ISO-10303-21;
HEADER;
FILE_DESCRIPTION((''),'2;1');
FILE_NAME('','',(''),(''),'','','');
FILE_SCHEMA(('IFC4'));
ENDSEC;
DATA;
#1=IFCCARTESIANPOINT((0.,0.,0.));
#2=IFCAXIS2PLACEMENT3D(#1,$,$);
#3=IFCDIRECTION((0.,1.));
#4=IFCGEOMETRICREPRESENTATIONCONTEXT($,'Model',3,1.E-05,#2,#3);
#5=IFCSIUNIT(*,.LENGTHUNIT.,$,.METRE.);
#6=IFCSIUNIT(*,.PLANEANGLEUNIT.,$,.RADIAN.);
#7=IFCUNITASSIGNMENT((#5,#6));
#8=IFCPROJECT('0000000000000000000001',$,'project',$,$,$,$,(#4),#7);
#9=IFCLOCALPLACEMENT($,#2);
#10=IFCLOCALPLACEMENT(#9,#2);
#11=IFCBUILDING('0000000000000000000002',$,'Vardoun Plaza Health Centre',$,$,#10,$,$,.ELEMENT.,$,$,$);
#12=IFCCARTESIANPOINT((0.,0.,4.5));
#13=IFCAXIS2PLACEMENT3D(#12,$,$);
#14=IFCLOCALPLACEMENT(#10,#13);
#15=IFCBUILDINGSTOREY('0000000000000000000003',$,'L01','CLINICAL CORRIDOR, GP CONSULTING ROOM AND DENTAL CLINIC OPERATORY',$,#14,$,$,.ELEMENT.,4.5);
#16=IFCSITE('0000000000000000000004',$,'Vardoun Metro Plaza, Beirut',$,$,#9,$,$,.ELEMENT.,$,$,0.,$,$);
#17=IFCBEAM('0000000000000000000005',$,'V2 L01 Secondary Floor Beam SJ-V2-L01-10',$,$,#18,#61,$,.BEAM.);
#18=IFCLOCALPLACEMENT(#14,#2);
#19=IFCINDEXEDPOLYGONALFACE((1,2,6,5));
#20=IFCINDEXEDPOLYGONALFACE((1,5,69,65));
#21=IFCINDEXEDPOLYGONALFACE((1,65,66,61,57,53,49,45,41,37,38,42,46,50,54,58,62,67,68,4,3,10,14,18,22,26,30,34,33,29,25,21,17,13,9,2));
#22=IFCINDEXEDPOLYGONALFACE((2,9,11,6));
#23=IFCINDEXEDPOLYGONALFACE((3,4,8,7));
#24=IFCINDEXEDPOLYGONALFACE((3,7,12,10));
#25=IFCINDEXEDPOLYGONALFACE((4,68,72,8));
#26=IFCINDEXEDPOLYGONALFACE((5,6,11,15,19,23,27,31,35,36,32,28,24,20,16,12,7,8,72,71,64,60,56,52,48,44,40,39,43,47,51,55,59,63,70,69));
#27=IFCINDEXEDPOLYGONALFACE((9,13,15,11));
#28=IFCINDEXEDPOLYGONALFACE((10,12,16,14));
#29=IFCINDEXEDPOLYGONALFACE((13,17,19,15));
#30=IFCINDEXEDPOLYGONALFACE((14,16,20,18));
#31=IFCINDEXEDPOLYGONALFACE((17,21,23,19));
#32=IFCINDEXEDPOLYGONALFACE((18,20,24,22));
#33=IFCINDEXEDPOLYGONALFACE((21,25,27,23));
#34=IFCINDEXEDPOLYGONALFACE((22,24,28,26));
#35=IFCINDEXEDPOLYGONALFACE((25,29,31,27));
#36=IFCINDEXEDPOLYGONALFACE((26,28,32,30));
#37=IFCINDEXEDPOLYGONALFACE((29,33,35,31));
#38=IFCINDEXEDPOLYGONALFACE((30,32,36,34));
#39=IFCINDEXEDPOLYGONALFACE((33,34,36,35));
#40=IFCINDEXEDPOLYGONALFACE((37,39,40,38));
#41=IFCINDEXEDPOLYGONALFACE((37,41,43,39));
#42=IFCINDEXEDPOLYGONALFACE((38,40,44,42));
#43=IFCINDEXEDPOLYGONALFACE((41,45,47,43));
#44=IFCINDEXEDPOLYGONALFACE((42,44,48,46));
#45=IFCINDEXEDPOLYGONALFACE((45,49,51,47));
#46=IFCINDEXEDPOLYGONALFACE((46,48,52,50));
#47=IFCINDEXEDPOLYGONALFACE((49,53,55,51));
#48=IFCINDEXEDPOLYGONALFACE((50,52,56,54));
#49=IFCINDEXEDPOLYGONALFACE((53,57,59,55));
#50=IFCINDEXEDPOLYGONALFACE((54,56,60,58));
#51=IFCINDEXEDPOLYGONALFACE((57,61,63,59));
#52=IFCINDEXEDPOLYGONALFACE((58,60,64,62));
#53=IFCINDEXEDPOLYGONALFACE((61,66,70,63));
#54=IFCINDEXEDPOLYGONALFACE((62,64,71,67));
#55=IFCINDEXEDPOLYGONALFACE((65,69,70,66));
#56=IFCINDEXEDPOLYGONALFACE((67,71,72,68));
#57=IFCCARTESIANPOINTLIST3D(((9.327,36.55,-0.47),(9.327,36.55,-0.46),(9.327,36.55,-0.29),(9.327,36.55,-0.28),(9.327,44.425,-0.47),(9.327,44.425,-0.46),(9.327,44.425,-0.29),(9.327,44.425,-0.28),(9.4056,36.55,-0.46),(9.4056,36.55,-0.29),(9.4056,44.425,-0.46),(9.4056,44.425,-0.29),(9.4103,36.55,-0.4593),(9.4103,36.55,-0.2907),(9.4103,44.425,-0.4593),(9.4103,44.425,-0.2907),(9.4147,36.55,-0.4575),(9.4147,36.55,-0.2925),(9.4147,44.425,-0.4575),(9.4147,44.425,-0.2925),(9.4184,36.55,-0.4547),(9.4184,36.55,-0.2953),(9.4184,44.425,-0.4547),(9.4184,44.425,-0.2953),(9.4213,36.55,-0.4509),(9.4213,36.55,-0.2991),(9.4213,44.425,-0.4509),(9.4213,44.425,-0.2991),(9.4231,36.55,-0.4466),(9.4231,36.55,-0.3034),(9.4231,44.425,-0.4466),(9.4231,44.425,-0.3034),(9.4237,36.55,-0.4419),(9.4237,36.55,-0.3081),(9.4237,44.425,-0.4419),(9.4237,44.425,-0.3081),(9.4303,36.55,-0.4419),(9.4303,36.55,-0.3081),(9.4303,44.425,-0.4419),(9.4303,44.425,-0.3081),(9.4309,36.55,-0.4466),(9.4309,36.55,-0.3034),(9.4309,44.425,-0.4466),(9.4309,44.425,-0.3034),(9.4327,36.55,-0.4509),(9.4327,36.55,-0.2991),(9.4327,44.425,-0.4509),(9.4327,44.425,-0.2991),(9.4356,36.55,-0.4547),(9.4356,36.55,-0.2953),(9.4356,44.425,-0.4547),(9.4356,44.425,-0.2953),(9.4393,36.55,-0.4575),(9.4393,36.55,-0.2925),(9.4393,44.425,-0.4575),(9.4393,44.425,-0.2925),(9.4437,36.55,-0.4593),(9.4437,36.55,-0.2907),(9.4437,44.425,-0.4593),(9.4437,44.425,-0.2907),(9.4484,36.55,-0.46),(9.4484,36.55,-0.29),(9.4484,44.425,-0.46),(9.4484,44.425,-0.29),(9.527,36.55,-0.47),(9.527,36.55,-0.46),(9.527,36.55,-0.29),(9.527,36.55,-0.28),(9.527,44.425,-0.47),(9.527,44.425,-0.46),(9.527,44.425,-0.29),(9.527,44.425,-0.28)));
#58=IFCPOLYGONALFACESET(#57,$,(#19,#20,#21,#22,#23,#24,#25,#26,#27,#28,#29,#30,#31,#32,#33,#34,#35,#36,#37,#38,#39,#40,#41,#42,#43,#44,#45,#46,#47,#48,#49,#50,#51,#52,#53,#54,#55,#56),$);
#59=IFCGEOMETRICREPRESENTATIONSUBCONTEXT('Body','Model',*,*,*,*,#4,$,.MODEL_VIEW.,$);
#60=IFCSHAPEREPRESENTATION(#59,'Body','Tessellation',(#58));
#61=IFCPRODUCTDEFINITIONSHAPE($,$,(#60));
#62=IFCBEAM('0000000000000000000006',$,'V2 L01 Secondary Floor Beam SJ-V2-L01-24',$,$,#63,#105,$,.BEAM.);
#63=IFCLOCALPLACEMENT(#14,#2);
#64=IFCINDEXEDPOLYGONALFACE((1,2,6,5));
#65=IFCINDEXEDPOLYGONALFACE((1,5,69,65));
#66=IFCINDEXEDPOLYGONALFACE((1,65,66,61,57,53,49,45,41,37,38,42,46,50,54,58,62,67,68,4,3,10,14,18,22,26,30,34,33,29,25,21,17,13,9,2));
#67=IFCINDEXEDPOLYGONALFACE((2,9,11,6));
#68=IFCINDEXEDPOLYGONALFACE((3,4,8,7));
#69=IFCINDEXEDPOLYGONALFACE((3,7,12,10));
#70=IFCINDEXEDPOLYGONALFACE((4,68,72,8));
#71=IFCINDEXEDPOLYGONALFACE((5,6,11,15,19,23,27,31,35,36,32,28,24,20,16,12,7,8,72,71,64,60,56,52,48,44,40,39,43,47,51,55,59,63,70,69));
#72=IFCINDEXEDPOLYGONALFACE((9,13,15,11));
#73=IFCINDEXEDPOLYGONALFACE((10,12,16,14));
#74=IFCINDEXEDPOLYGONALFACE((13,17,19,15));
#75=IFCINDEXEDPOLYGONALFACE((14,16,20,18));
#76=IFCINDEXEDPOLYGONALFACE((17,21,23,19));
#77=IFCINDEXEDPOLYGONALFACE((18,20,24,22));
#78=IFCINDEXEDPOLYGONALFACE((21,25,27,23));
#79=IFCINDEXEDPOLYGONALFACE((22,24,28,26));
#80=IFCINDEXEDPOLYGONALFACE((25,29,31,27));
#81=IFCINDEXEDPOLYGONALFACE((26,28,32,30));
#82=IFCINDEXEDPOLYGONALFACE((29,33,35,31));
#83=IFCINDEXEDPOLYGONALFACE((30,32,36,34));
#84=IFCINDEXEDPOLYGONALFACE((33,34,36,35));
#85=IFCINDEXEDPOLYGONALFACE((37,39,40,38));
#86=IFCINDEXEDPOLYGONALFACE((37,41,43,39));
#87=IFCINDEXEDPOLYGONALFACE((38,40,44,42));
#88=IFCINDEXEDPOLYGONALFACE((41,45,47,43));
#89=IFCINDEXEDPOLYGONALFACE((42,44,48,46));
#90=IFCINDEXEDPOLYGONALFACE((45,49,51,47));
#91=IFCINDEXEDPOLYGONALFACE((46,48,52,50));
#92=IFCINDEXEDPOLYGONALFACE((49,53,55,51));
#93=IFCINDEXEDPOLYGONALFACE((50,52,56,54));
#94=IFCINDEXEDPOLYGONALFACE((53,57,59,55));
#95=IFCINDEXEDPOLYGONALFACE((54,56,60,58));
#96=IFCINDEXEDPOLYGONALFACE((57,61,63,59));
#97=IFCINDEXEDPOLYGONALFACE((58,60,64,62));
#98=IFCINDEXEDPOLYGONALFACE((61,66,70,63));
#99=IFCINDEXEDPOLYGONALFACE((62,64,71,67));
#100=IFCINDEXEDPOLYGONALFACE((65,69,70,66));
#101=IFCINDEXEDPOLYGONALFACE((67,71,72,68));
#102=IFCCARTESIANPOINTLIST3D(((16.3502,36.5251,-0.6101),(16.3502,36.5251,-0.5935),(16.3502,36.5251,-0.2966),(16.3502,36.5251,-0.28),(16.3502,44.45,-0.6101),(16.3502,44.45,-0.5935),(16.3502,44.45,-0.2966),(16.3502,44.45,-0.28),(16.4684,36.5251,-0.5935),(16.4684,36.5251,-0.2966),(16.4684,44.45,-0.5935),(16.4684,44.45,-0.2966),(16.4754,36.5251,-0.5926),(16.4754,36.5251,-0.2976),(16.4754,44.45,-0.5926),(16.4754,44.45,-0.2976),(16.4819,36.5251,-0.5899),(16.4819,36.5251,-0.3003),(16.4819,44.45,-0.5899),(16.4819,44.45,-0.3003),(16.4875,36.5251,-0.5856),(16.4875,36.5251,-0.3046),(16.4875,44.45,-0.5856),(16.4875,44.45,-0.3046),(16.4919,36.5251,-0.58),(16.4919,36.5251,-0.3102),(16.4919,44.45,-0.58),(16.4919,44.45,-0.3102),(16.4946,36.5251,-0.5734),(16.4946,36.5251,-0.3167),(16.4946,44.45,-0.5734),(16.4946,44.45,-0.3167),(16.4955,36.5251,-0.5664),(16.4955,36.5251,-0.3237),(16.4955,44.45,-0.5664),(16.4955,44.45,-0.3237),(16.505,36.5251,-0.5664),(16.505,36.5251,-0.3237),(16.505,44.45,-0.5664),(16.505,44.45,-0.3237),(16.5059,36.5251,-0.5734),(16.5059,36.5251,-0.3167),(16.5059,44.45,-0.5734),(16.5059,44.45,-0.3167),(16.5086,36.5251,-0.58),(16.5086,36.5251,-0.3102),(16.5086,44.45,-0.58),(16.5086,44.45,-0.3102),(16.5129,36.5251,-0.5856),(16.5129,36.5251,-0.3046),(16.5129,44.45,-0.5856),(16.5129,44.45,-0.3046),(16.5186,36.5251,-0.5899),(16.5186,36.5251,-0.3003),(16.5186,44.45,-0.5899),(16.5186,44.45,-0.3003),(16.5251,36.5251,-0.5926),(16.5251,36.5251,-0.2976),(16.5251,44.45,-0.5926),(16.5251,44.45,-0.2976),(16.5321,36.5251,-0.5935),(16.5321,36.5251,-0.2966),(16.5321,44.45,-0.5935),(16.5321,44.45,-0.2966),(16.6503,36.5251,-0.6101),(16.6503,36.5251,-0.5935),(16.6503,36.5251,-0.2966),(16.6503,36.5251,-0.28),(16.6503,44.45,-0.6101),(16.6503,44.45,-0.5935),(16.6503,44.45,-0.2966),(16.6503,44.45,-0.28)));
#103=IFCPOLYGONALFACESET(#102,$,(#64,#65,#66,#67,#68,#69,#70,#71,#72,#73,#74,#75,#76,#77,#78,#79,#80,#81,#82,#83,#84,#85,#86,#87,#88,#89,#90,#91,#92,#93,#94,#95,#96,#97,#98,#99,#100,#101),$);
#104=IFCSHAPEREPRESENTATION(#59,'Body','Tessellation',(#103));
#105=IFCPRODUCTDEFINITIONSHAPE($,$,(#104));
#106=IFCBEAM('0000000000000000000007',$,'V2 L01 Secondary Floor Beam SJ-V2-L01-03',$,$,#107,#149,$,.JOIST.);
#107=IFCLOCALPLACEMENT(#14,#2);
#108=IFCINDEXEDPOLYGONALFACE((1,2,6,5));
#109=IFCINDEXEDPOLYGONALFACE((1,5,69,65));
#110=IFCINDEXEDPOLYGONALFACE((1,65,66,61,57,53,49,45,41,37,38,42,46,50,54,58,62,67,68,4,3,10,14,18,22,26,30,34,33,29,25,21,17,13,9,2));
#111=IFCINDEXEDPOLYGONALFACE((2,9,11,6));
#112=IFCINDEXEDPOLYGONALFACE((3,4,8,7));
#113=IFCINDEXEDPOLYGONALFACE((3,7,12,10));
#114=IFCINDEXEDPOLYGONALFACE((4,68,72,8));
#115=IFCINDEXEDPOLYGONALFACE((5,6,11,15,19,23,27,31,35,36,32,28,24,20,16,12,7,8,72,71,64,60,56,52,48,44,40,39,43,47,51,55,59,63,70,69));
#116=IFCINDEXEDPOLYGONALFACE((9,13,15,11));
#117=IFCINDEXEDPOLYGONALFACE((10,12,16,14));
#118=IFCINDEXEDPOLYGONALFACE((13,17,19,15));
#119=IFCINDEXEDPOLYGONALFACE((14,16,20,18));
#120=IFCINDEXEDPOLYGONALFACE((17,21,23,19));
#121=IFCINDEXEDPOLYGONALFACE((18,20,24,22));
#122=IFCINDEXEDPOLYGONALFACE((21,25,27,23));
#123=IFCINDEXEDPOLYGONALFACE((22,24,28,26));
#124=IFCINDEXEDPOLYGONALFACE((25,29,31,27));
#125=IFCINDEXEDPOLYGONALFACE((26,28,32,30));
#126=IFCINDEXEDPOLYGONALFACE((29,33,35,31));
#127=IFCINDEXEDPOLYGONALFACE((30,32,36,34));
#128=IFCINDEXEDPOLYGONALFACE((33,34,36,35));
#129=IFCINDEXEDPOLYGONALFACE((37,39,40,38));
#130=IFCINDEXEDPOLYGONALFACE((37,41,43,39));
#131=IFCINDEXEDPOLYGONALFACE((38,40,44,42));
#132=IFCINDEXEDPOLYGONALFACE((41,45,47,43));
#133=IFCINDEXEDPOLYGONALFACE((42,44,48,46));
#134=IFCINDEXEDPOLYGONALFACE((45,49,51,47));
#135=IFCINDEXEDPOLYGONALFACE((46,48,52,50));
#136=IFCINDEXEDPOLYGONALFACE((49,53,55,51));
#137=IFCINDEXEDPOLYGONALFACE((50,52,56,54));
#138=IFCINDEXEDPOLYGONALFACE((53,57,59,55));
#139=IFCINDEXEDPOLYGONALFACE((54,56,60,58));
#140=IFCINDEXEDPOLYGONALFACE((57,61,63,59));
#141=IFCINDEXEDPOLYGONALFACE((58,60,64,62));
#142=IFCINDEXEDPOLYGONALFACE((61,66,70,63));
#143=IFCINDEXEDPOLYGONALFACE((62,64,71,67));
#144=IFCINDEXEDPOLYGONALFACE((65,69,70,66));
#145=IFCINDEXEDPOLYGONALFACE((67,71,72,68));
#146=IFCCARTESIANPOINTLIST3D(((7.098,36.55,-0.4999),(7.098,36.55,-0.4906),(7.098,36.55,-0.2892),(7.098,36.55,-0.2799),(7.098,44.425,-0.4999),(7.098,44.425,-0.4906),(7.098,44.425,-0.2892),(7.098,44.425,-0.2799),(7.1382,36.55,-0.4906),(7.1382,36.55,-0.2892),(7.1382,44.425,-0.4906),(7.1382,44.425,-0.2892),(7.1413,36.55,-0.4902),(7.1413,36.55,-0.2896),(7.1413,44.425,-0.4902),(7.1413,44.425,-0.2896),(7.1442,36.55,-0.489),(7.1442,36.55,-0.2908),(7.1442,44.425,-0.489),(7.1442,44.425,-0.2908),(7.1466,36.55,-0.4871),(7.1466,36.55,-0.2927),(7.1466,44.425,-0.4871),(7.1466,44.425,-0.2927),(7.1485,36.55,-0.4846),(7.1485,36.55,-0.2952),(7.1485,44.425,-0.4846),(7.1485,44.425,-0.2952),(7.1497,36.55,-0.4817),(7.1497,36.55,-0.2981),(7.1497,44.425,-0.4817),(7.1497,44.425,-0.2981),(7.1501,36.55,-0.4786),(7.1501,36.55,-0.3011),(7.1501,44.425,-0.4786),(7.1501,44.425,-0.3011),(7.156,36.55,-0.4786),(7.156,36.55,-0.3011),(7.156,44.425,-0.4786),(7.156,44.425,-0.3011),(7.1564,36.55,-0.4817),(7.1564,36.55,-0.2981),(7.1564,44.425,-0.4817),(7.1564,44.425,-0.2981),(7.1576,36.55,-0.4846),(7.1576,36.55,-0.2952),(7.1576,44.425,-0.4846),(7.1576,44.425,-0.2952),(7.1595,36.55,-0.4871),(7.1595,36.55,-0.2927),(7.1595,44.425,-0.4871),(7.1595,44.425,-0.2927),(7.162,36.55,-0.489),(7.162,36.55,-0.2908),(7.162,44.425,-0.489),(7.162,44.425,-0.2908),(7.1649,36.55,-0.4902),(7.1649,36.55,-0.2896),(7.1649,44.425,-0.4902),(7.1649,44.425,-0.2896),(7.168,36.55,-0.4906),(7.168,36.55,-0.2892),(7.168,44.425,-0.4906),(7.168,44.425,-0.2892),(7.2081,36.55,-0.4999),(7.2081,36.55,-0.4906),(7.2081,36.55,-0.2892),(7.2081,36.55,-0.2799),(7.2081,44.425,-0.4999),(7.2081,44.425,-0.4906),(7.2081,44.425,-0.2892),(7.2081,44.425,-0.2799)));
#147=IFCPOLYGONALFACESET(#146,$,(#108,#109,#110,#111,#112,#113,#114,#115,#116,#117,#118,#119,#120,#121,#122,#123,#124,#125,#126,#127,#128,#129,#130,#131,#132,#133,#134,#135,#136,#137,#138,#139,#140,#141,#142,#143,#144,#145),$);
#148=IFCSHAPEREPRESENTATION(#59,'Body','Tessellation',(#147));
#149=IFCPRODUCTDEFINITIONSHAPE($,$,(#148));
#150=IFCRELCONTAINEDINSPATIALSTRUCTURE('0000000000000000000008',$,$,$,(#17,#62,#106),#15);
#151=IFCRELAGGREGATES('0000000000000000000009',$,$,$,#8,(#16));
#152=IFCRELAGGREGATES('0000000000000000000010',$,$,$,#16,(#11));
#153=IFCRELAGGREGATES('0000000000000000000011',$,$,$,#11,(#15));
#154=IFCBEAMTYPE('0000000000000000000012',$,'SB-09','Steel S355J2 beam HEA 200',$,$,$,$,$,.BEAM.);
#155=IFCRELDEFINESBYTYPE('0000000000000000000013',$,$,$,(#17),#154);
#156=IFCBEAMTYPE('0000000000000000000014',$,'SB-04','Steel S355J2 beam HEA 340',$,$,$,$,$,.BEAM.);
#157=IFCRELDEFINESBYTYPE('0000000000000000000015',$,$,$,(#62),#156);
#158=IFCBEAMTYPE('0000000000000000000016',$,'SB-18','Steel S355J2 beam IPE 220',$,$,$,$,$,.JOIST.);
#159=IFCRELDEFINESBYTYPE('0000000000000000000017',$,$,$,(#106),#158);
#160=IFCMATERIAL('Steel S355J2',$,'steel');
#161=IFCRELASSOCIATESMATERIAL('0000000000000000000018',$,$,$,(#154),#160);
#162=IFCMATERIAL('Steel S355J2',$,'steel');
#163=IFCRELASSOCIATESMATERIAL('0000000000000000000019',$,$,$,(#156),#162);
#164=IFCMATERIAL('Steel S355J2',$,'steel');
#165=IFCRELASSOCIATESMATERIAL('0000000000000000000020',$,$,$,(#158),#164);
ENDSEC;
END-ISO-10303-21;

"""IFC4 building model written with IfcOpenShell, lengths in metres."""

from ifc_helpers import new_model, si_unit, direction, frame, origin, origin_2d, place, context, subcontext, project, spatial, i_section, extrude, material, material_profile, profile_set, type_object, element, save


model = new_model("IFC4")

# Units and contexts
model_context = context("Model", 3, precision=1e-05, world=origin(), true_north=direction((0.0, 1.0)))
body_context = subcontext(model_context, "Body", "Model", "MODEL_VIEW")
ifc_project = project(units=[si_unit("LENGTHUNIT", "METRE"), si_unit("PLANEANGLEUNIT", "RADIAN")], contexts=[model_context])

# Site, building, storey
site_placement = place(None, origin())
site = spatial("IfcSite", under=ifc_project, at=site_placement, Name="Vardoun Metro Plaza, Beirut", CompositionType="ELEMENT", RefElevation=0.0)
building_placement = place(site_placement, origin())
building = spatial("IfcBuilding", under=site, at=building_placement, Name="Vardoun Plaza Health Centre", CompositionType="ELEMENT")
storey_placement = place(building_placement, frame((0.0, 0.0, 4.5)))
storey = spatial("IfcBuildingStorey", under=building, at=storey_placement, Name="L01", Description="CLINICAL CORRIDOR, GP CONSULTING ROOM AND DENTAL CLINIC OPERATORY", CompositionType="ELEMENT", Elevation=4.5)

# Beams
ifc_material_1 = material(Name="Steel S355J2", Category="steel")
ifc_material_profile_1 = material_profile(ifc_material_1, i_section(OverallWidth=0.2, OverallDepth=0.1899, WebThickness=0.0066, FlangeThickness=0.01, FilletRadius=0.0181, at=origin_2d()), Name="HEA 200")
ifc_profile_set_1 = profile_set([ifc_material_profile_1], Name="Steel S355J2")
beam_type_1 = type_object("IfcBeamType", Name="SB-09", Description="Steel S355J2 beam HEA 200", PredefinedType="BEAM", material=ifc_profile_set_1)
beam_1_placement = place(storey_placement, frame((9.427, 36.55, -0.375), z_axis=(0.0, 1.0, 0.0), x_axis=(-1.0, 0.0, 0.0)))
element("IfcBeam", 1, at=beam_1_placement, inside=storey, type_object=beam_type_1, Name="V2 L01 Secondary Floor Beam SJ-V2-L01-10", PredefinedType="BEAM", context=body_context, shape_type="SweptSolid", body=[
    extrude(i_section(OverallWidth=0.2, OverallDepth=0.1899, WebThickness=0.0066, FlangeThickness=0.01, FilletRadius=0.0181, at=origin_2d()), origin(), (0.0, 0.0, 1.0), 7.875),
])
ifc_material_2 = material(Name="Steel S355J2", Category="steel")
ifc_material_profile_2 = material_profile(ifc_material_2, i_section(OverallWidth=0.3, OverallDepth=0.3301, WebThickness=0.0095, FlangeThickness=0.0166, FilletRadius=0.0271, at=origin_2d()), Name="HEA 340")
ifc_profile_set_2 = profile_set([ifc_material_profile_2], Name="Steel S355J2")
beam_type_2 = type_object("IfcBeamType", Name="SB-04", Description="Steel S355J2 beam HEA 340", PredefinedType="BEAM", material=ifc_profile_set_2)
beam_2_placement = place(storey_placement, frame((16.5002, 36.5251, -0.4451), z_axis=(0.0, 1.0, 0.0), x_axis=(-1.0, 0.0, 0.0)))
element("IfcBeam", 2, at=beam_2_placement, inside=storey, type_object=beam_type_2, Name="V2 L01 Secondary Floor Beam SJ-V2-L01-24", PredefinedType="BEAM", context=body_context, shape_type="SweptSolid", body=[
    extrude(i_section(OverallWidth=0.3, OverallDepth=0.3301, WebThickness=0.0095, FlangeThickness=0.0166, FilletRadius=0.0271, at=origin_2d()), origin(), (0.0, 0.0, 1.0), 7.9248),
])
ifc_material_3 = material(Name="Steel S355J2", Category="steel")
ifc_material_profile_3 = material_profile(ifc_material_3, i_section(OverallWidth=0.1101, OverallDepth=0.22, WebThickness=0.0059, FlangeThickness=0.0093, FilletRadius=0.012, at=origin_2d()), Name="IPE 220")
ifc_profile_set_3 = profile_set([ifc_material_profile_3], Name="Steel S355J2")
beam_type_3 = type_object("IfcBeamType", Name="SB-18", Description="Steel S355J2 beam IPE 220", PredefinedType="JOIST", material=ifc_profile_set_3)
beam_3_placement = place(storey_placement, frame((7.1531, 36.55, -0.3899), z_axis=(0.0, 1.0, 0.0), x_axis=(-1.0, 0.0, 0.0)))
element("IfcBeam", 3, at=beam_3_placement, inside=storey, type_object=beam_type_3, Name="V2 L01 Secondary Floor Beam SJ-V2-L01-03", PredefinedType="JOIST", context=body_context, shape_type="SweptSolid", body=[
    extrude(i_section(OverallWidth=0.1101, OverallDepth=0.22, WebThickness=0.0059, FlangeThickness=0.0093, FilletRadius=0.012, at=origin_2d()), origin(), (0.0, 0.0, 1.0), 7.875),
])

save(model, "model.ifc")
